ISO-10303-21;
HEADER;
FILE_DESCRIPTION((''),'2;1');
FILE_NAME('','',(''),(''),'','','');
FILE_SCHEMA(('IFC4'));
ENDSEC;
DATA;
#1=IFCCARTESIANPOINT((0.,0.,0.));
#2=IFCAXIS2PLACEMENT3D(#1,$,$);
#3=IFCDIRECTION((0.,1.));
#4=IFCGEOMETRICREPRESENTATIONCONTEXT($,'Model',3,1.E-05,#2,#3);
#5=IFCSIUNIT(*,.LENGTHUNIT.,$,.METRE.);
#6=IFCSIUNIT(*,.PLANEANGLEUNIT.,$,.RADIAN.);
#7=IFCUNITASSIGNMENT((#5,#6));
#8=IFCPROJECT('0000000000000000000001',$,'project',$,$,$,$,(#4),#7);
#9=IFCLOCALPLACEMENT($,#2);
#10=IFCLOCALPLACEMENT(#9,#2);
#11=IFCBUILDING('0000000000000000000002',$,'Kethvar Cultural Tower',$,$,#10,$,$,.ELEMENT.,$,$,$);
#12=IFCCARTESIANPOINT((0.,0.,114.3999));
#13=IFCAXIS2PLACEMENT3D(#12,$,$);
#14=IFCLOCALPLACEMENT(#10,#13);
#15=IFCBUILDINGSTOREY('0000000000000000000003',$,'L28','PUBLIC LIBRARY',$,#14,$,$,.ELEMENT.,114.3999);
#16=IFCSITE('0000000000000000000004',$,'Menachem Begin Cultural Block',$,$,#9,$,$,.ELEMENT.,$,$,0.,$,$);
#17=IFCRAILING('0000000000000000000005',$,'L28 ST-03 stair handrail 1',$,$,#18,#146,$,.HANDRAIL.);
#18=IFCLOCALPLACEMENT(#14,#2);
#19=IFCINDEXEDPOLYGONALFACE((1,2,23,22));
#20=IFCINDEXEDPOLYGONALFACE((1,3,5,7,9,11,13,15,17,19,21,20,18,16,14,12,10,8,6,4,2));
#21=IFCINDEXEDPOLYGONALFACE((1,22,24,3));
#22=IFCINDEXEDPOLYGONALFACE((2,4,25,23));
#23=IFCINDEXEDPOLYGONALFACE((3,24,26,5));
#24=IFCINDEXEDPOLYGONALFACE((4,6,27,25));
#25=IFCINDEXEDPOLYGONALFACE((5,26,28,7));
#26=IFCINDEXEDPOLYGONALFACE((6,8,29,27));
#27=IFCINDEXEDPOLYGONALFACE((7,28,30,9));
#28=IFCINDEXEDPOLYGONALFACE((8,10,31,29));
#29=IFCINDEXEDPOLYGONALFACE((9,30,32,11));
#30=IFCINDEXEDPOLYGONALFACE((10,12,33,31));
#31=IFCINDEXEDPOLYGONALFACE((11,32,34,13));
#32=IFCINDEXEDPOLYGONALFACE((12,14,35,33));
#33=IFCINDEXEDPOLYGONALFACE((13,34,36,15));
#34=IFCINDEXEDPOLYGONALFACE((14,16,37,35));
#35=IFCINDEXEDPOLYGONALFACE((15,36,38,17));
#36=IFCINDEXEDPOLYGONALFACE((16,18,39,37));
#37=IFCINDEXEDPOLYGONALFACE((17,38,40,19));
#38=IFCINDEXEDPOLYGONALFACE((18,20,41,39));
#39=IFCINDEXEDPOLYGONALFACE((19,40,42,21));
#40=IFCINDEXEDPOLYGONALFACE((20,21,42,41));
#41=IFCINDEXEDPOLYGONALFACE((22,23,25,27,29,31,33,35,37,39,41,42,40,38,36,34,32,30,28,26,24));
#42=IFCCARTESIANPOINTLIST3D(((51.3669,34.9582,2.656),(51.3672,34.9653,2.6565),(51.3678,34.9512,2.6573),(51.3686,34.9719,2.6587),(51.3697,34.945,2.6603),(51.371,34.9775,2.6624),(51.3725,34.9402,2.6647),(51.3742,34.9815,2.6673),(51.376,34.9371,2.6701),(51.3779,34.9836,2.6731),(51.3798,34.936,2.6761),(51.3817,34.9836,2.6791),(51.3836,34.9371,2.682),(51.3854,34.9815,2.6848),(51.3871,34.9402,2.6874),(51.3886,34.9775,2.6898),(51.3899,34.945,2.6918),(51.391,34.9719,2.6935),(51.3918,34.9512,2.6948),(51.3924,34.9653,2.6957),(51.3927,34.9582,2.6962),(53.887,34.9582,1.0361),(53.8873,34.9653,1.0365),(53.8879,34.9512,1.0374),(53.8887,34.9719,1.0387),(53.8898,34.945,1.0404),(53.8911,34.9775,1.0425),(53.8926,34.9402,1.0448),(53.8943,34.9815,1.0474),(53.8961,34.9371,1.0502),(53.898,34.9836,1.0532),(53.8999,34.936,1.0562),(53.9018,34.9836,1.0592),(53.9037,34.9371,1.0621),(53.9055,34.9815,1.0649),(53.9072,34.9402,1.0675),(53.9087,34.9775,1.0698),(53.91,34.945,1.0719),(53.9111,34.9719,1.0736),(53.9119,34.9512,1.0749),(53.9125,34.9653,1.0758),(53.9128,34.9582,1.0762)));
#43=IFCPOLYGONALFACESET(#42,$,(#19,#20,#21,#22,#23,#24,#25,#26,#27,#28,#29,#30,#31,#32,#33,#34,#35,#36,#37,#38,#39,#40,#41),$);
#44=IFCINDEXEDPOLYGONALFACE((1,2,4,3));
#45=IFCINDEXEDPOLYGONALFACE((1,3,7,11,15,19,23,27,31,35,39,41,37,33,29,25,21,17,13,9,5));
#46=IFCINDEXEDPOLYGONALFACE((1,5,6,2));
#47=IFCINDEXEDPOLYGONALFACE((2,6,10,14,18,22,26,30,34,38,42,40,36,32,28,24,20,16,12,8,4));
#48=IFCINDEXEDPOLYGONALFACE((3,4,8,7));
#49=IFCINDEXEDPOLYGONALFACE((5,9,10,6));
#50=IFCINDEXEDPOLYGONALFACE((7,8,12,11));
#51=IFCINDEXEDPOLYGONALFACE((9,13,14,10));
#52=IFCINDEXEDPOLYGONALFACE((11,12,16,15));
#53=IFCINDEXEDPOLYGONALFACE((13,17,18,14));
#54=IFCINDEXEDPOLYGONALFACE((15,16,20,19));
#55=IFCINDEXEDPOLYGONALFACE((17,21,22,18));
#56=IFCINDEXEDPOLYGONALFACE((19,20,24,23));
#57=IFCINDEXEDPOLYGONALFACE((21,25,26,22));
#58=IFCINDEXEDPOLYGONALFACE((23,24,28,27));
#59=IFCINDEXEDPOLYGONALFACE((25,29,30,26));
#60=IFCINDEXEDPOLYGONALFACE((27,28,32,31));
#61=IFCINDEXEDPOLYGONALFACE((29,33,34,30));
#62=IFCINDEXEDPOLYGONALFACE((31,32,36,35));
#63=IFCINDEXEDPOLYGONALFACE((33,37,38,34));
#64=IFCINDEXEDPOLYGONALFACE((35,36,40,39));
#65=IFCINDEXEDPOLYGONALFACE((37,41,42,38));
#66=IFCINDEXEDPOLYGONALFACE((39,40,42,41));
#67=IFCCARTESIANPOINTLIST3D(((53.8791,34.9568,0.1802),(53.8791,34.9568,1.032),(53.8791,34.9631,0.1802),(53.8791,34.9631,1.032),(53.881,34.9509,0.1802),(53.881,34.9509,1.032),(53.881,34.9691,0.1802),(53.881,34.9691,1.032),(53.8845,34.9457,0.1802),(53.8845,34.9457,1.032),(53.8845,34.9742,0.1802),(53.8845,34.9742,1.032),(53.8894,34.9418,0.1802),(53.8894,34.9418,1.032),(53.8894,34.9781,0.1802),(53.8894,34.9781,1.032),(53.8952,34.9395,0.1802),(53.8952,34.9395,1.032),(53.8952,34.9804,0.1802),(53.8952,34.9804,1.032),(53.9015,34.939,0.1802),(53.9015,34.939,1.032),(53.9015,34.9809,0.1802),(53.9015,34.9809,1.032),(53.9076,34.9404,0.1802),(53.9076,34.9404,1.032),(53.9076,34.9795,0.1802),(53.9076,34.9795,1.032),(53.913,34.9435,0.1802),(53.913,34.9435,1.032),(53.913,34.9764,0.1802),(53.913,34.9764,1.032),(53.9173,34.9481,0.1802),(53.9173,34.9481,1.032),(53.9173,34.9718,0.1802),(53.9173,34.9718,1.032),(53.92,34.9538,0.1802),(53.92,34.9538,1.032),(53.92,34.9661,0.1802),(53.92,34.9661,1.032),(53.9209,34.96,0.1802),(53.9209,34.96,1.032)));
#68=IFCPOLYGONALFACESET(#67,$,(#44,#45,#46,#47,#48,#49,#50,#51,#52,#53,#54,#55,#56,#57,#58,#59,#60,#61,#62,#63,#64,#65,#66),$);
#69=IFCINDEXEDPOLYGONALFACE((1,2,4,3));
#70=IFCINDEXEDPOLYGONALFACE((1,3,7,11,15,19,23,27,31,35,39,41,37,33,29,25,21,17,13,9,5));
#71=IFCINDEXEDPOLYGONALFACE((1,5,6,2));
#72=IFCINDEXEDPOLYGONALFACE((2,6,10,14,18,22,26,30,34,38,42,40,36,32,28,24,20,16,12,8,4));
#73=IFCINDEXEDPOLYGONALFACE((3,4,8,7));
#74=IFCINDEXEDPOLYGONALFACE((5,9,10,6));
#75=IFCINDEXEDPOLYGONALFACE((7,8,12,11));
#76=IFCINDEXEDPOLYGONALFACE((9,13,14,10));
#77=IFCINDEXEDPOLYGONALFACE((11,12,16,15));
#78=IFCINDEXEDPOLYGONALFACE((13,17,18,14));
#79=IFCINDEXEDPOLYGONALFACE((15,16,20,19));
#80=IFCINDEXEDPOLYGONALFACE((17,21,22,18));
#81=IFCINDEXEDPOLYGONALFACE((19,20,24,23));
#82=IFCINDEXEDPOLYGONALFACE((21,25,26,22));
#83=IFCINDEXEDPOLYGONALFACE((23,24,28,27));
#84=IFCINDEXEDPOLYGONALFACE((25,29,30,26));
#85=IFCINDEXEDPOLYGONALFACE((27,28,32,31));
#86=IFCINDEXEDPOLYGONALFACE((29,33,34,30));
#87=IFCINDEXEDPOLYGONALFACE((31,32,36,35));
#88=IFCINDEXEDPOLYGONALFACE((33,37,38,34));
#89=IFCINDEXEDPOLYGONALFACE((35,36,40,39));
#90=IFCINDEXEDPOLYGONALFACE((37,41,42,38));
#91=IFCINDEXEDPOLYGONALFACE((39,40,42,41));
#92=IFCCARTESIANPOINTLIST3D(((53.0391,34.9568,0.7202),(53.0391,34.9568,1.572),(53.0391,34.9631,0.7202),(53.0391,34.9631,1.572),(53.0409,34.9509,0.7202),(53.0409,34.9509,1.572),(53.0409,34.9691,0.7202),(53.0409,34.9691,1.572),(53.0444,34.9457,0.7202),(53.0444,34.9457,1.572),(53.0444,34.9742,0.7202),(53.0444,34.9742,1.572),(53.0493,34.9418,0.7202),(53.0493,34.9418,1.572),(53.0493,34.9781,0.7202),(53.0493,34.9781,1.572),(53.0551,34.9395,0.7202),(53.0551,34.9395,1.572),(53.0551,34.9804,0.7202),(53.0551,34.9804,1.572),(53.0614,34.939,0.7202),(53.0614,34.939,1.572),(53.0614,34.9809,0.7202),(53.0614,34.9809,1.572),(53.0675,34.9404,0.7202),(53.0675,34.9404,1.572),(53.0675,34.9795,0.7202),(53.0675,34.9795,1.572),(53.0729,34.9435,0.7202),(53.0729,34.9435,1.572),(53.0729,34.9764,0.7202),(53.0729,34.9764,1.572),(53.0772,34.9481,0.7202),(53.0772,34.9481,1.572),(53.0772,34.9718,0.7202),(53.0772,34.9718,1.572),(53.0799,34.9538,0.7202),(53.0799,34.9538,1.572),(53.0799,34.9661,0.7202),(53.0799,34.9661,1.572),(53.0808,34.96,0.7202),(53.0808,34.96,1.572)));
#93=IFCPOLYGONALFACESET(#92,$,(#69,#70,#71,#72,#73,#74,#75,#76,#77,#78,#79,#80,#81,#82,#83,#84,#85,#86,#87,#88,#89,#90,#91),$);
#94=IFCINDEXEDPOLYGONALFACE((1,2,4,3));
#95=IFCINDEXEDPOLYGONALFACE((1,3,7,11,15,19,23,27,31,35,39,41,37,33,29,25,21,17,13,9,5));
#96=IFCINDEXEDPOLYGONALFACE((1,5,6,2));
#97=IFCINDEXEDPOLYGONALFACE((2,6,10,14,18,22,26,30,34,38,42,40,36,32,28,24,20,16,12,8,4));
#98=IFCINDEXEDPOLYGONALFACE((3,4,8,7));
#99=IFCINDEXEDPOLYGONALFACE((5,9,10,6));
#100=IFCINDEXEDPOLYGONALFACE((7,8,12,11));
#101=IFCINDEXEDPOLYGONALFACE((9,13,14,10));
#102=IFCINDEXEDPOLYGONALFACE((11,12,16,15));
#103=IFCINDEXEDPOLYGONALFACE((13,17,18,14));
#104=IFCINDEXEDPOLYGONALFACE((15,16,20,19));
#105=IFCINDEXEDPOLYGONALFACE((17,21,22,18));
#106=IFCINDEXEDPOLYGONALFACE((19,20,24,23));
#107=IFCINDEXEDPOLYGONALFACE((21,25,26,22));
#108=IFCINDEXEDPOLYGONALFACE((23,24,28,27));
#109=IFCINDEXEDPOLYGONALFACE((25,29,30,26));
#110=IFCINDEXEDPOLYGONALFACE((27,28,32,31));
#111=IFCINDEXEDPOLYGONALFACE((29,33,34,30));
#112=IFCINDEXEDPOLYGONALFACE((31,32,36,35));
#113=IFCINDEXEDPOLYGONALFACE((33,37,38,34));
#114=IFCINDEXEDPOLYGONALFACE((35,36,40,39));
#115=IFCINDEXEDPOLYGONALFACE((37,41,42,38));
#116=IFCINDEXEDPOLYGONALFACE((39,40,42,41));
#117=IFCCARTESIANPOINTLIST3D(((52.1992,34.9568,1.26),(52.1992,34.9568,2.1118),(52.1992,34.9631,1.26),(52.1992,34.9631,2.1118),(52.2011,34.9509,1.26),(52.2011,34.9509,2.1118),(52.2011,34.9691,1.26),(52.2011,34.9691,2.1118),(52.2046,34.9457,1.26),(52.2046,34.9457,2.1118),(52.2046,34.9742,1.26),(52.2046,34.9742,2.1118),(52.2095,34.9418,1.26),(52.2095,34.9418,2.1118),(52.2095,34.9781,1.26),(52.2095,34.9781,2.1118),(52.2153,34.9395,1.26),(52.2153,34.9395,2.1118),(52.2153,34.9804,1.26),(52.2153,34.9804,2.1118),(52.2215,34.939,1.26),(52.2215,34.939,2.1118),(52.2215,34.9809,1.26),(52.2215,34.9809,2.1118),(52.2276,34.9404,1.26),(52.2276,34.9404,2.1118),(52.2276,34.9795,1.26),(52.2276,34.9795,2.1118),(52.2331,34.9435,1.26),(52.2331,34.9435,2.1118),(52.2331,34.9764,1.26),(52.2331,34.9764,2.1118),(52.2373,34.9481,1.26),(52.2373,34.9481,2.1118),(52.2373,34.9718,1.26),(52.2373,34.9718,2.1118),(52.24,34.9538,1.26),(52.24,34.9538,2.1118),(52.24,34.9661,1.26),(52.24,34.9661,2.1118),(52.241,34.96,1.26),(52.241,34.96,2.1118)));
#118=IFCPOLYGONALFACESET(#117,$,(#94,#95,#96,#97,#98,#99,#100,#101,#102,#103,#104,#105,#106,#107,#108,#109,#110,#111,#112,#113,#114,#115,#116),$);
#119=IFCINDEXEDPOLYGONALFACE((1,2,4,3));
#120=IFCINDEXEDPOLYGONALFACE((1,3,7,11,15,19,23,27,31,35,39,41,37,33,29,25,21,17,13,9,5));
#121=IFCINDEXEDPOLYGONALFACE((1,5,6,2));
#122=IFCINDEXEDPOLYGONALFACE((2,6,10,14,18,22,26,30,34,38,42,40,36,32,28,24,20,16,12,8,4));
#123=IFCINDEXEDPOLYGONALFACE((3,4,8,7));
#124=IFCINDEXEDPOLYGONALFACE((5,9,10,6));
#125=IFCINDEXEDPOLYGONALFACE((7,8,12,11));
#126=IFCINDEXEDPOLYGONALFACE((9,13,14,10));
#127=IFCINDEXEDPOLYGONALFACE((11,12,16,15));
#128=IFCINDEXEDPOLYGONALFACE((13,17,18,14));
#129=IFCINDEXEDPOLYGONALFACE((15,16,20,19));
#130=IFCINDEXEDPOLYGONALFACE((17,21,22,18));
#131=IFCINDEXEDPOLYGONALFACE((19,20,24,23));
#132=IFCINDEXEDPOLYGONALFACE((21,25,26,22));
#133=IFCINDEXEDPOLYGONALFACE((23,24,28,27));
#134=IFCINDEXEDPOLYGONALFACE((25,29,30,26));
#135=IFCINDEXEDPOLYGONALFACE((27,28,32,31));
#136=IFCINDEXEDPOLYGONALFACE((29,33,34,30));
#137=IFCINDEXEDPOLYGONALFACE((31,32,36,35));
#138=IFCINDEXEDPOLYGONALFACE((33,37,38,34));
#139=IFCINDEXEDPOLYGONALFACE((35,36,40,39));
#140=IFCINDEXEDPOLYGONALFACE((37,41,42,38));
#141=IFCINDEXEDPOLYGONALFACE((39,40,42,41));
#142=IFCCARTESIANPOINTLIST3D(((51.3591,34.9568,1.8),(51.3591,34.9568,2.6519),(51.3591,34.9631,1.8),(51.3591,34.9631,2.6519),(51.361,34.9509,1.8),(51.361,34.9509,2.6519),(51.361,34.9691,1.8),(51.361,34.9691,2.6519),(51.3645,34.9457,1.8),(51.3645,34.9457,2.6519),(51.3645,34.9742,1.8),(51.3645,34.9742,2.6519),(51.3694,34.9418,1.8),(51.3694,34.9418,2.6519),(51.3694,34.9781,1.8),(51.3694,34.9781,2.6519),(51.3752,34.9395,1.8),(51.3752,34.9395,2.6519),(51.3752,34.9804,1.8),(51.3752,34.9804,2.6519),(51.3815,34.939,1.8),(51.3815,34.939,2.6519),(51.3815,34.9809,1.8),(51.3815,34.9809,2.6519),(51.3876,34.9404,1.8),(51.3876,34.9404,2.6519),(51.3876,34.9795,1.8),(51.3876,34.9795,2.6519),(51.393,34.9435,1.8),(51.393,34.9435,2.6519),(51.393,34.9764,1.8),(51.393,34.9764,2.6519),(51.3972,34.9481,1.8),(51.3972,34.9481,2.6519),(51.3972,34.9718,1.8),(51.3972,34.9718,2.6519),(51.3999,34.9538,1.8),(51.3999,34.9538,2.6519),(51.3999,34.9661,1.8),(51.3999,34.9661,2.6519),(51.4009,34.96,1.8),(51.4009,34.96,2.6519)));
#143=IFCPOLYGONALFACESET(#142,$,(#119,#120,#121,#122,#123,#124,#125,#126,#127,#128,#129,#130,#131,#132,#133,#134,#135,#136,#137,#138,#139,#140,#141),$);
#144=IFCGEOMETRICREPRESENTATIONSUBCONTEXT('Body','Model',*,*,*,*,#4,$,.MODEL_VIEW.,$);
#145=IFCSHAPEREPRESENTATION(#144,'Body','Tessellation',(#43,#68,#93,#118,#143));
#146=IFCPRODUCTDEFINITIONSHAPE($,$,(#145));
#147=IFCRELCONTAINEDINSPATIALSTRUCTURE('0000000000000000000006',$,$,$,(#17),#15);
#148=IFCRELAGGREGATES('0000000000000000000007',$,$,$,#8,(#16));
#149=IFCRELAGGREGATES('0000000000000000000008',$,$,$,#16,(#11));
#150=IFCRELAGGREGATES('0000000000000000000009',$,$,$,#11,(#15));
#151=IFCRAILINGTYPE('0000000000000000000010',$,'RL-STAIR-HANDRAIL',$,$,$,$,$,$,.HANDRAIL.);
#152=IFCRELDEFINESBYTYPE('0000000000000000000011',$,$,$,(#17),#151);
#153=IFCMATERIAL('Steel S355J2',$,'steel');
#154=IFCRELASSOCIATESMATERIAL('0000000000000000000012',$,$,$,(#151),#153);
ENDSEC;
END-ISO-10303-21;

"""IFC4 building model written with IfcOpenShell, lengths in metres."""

from ifc_helpers import new_model, si_unit, direction, frame, origin, origin_2d, place, context, subcontext, project, spatial, circle, extrude, material, type_object, element, save


model = new_model("IFC4")

# Units and contexts
model_context = context("Model", 3, precision=1e-05, world=origin(), true_north=direction((0.0, 1.0)))
body_context = subcontext(model_context, "Body", "Model", "MODEL_VIEW")
ifc_project = project(units=[si_unit("LENGTHUNIT", "METRE"), si_unit("PLANEANGLEUNIT", "RADIAN")], contexts=[model_context])

# Site, building, storey
site_placement = place(None, origin())
site = spatial("IfcSite", under=ifc_project, at=site_placement, Name="Menachem Begin Cultural Block", CompositionType="ELEMENT", RefElevation=0.0)
building_placement = place(site_placement, origin())
building = spatial("IfcBuilding", under=site, at=building_placement, Name="Kethvar Cultural Tower", CompositionType="ELEMENT")
storey_placement = place(building_placement, frame((0.0, 0.0, 114.3999)))
storey = spatial("IfcBuildingStorey", under=building, at=storey_placement, Name="L28", Description="PUBLIC LIBRARY", CompositionType="ELEMENT", Elevation=114.3999)

# Shared definitions
ifc_material_1 = material(Name="Steel S355J2", Category="steel")

# Railing
railing_type_1 = type_object("IfcRailingType", Name="RL-STAIR-HANDRAIL", PredefinedType="HANDRAIL", material=ifc_material_1)
railing_1_placement = place(storey_placement, frame((53.8999, 34.96, 0.1802)))
element("IfcRailing", 1, at=railing_1_placement, inside=storey, type_object=railing_type_1, Name="L28 ST-03 stair handrail 1", PredefinedType="HANDRAIL", context=body_context, shape_type="SweptSolid", body=[
    extrude(circle(Radius=0.0239, at=origin_2d()), frame((0.0, 0.0, 0.876), z_axis=(-0.8412, 0.0, 0.540725), x_axis=(0.0, -1.0, 0.0)), (0.0, 0.0, 1.0), 2.9958),
    extrude(circle(Radius=0.021, at=origin_2d()), origin(), (0.0, 0.0, 1.0), 0.8518),
    extrude(circle(Radius=0.021, at=origin_2d()), frame((-0.8401, 0.0, 0.54)), (0.0, 0.0, 1.0), 0.8518),
    extrude(circle(Radius=0.021, at=origin_2d()), frame((-1.6799, 0.0, 1.0798)), (0.0, 0.0, 1.0), 0.8518),
    extrude(circle(Radius=0.021, at=origin_2d()), frame((-2.52, 0.0, 1.6199)), (0.0, 0.0, 1.0), 0.8518),
])

save(model, "model.ifc")
